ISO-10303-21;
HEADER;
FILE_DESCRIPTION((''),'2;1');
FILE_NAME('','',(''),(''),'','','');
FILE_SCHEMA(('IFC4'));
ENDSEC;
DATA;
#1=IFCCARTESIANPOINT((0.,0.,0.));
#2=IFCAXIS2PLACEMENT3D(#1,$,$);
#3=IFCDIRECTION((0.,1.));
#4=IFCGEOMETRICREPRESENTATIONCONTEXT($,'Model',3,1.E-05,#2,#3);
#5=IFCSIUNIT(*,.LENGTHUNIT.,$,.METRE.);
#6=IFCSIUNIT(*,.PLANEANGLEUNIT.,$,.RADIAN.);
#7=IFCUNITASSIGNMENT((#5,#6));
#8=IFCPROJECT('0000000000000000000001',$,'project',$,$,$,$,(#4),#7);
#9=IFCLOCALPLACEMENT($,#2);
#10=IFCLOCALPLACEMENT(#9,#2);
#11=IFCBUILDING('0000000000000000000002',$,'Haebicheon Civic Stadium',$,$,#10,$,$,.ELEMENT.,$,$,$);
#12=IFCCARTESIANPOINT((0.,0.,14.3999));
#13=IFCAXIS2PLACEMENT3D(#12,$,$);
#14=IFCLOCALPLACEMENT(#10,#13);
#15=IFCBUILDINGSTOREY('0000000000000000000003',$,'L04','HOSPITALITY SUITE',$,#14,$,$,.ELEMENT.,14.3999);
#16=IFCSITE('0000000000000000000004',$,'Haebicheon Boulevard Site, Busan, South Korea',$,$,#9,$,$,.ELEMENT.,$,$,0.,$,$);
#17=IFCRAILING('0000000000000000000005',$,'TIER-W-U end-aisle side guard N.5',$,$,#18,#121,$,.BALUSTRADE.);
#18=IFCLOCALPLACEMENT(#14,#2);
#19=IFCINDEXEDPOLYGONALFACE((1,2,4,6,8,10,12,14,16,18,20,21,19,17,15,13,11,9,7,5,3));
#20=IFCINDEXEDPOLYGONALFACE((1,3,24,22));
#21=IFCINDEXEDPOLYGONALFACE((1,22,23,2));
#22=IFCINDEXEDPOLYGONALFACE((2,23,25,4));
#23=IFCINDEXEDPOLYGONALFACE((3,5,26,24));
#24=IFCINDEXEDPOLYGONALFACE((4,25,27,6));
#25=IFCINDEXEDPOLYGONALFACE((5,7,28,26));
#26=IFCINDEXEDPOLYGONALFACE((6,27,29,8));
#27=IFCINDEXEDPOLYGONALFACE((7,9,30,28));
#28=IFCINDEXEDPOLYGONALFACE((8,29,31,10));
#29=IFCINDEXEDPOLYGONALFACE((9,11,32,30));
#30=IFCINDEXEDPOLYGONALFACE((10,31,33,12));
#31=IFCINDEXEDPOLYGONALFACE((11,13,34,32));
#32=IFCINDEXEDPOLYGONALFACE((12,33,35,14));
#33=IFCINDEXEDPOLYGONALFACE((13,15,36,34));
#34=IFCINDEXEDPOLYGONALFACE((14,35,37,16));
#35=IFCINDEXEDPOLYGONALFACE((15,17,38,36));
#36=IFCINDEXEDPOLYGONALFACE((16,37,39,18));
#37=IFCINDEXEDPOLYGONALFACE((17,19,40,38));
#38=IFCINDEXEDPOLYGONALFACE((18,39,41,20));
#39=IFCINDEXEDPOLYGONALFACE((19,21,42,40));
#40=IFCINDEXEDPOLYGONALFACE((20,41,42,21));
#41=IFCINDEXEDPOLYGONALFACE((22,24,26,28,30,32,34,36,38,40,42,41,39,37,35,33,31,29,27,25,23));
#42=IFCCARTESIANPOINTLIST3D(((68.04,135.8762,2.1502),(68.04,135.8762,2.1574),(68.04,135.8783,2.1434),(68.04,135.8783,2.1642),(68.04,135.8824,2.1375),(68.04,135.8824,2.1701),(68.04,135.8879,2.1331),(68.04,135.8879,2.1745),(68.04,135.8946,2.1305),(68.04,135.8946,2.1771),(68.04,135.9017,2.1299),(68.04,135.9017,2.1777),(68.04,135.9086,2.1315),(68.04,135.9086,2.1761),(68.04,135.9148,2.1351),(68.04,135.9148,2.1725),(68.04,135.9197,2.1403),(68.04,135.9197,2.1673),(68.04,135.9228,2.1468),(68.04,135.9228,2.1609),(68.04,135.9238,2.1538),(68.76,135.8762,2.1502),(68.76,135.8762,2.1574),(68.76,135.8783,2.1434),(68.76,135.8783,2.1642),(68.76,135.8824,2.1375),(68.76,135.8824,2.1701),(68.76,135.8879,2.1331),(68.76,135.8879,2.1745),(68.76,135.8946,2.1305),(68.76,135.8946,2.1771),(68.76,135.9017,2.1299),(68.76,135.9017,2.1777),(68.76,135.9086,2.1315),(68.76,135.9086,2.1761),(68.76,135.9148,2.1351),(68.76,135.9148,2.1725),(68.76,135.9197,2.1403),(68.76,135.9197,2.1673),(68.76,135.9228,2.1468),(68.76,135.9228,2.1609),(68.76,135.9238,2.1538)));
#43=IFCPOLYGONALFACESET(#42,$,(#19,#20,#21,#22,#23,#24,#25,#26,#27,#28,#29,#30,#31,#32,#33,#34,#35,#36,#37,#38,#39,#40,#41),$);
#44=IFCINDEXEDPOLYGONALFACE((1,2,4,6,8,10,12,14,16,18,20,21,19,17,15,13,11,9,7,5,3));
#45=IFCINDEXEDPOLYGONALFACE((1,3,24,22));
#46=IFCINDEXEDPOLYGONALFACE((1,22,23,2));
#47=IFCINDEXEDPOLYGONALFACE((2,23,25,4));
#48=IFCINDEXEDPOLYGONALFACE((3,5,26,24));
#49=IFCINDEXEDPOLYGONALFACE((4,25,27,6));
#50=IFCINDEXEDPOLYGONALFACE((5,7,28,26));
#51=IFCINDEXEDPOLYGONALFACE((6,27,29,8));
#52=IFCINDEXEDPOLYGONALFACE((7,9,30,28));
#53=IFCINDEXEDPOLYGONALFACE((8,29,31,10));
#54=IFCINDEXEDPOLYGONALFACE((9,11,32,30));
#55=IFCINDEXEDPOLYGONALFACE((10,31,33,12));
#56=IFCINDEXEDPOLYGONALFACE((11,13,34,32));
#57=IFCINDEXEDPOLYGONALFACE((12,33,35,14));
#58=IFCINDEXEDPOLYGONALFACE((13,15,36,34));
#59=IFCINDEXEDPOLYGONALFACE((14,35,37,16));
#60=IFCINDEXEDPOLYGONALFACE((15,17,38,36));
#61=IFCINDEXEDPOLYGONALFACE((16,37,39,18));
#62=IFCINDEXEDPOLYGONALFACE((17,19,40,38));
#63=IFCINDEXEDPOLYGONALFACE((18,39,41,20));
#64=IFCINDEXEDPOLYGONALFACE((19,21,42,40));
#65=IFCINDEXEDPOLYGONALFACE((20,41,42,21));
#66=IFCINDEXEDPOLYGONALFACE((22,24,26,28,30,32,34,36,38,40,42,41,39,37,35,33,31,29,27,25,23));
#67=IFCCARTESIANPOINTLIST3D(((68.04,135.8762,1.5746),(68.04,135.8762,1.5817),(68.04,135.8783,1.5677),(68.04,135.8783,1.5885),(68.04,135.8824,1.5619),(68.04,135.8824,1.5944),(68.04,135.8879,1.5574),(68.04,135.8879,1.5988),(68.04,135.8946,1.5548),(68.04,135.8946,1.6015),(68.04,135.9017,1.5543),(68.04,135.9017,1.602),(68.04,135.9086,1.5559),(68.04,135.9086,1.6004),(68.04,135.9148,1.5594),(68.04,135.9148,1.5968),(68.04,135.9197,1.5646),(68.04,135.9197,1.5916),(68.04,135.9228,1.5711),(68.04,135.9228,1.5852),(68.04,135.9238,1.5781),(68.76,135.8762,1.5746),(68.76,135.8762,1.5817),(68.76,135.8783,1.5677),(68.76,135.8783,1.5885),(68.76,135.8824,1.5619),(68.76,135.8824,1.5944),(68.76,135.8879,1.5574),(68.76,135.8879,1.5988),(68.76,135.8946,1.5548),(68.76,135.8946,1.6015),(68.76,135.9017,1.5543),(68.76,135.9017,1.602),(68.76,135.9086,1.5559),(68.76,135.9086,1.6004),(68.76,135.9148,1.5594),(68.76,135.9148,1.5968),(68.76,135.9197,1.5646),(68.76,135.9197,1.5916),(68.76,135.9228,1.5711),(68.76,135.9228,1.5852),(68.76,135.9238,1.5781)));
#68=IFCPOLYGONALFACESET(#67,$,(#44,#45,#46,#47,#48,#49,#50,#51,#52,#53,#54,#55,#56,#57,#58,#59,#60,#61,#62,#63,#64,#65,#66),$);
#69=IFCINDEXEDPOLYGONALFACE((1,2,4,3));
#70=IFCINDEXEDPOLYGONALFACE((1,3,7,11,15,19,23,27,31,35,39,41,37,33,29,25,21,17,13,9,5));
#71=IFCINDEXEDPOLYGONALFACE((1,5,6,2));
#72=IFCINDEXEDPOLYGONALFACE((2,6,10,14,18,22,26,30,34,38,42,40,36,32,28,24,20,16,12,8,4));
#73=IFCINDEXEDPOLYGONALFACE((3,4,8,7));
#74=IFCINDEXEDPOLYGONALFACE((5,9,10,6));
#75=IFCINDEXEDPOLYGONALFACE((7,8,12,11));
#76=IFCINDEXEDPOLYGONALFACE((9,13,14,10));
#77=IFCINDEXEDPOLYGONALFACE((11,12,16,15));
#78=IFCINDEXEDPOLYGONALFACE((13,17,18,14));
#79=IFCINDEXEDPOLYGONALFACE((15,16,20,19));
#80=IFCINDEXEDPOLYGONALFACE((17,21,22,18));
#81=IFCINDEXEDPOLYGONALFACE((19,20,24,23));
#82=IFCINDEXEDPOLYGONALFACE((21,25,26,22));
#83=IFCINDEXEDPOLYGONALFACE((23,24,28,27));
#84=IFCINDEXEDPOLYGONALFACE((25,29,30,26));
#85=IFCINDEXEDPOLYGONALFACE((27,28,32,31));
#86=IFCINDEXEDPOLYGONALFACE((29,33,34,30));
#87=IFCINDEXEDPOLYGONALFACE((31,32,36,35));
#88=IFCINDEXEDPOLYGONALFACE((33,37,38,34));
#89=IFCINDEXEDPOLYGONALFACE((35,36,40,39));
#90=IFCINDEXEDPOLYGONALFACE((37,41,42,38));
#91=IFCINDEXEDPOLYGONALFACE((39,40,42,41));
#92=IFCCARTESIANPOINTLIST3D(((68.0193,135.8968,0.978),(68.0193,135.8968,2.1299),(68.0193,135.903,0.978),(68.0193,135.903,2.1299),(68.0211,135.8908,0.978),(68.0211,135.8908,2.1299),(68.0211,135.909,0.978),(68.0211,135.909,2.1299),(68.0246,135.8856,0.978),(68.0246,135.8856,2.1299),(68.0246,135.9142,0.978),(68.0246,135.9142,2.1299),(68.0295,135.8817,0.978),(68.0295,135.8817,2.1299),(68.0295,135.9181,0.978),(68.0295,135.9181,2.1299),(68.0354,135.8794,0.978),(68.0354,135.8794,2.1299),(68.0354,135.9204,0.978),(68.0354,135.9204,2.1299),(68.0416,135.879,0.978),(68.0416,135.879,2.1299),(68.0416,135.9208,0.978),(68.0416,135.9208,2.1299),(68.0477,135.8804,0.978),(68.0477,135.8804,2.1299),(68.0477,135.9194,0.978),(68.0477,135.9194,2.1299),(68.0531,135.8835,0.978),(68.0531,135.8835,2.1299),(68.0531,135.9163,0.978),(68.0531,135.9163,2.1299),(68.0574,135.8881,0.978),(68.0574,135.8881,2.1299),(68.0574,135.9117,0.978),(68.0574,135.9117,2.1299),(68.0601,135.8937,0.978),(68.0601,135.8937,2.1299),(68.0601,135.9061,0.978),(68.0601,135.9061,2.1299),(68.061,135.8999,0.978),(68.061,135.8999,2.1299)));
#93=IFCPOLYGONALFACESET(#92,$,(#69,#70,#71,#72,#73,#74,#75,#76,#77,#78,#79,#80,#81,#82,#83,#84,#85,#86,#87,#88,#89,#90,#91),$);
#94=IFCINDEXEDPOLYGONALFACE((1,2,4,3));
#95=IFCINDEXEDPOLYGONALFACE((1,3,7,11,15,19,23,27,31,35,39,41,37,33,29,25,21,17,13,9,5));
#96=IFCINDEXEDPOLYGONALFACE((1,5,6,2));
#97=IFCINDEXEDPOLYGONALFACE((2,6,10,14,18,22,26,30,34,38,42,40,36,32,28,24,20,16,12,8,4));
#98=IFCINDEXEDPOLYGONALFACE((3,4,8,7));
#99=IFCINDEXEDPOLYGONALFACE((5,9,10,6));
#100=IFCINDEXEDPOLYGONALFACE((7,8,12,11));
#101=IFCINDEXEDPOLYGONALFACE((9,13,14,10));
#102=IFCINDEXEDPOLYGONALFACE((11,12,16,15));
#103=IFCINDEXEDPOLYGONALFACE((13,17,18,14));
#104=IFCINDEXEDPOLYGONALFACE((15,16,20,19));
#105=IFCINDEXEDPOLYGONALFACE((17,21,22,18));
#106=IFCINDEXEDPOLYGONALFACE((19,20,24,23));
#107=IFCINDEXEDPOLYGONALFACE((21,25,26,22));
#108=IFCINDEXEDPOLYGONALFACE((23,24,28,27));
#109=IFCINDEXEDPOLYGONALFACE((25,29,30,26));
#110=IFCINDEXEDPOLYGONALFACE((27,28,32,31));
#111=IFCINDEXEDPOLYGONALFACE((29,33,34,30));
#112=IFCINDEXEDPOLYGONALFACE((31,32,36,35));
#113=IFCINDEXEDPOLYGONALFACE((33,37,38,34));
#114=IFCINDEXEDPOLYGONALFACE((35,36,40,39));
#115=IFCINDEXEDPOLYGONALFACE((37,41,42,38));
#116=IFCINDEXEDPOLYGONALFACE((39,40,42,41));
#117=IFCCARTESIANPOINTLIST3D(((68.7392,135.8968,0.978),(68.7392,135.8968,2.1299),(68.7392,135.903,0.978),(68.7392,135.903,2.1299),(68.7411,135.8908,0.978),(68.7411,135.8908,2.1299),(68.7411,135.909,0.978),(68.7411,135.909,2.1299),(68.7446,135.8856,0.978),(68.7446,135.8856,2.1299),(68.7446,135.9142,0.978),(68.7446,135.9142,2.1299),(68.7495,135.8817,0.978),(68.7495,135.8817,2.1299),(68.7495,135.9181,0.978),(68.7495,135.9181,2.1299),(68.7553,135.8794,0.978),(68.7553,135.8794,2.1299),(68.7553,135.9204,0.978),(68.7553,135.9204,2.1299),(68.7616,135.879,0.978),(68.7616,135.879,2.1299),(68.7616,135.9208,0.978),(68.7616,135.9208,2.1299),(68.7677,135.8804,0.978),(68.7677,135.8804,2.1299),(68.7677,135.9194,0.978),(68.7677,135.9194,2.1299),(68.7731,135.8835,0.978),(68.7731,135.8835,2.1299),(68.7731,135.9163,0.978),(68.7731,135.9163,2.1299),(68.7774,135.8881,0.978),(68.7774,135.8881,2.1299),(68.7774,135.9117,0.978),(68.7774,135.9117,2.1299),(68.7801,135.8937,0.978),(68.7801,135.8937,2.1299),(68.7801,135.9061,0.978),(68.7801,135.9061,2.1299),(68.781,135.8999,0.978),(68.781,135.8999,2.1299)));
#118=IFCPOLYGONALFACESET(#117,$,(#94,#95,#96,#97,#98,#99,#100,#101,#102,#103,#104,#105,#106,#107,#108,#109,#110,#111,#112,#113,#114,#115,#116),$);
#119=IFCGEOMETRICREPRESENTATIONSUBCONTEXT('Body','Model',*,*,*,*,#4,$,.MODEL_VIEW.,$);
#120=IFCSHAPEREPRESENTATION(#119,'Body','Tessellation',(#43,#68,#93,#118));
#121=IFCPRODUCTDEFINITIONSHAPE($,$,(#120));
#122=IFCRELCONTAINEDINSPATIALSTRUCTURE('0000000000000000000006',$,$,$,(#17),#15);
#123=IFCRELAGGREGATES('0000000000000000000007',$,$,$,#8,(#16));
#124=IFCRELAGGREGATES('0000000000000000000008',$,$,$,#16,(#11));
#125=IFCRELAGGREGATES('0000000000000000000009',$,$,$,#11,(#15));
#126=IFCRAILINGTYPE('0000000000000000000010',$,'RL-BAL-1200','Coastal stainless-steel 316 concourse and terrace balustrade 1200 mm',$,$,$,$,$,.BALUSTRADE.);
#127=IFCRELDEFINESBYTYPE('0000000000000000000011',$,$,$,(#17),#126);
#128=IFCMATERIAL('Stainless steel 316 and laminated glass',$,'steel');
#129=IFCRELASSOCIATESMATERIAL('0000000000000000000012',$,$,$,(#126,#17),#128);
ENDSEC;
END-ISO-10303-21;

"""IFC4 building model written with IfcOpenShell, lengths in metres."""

from ifc_helpers import new_model, si_unit, direction, frame, origin, origin_2d, place, context, subcontext, project, spatial, circle, extrude, material, type_object, element, save


model = new_model("IFC4")

# Units and contexts
model_context = context("Model", 3, precision=1e-05, world=origin(), true_north=direction((0.0, 1.0)))
body_context = subcontext(model_context, "Body", "Model", "MODEL_VIEW")
ifc_project = project(units=[si_unit("LENGTHUNIT", "METRE"), si_unit("PLANEANGLEUNIT", "RADIAN")], contexts=[model_context])

# Site, building, storey
site_placement = place(None, origin())
site = spatial("IfcSite", under=ifc_project, at=site_placement, Name="Haebicheon Boulevard Site, Busan, South Korea", CompositionType="ELEMENT", RefElevation=0.0)
building_placement = place(site_placement, origin())
building = spatial("IfcBuilding", under=site, at=building_placement, Name="Haebicheon Civic Stadium", CompositionType="ELEMENT")
storey_placement = place(building_placement, frame((0.0, 0.0, 14.3999)))
storey = spatial("IfcBuildingStorey", under=building, at=storey_placement, Name="L04", Description="HOSPITALITY SUITE", CompositionType="ELEMENT", Elevation=14.3999)

# Railing
ifc_material_1 = material(Name="Stainless steel 316 and laminated glass", Category="steel")
railing_type = type_object("IfcRailingType", Name="RL-BAL-1200", Description="Coastal stainless-steel 316 concourse and terrace balustrade 1200 mm", PredefinedType="BALUSTRADE", material=ifc_material_1)
for number, where, name in (
    (1, (68.04, 135.8999, 0.978), "TIER-W-U end-aisle side guard N.5"),
):
    element("IfcRailing", number, at=place(storey_placement, frame(where)), inside=storey, type_object=railing_type, material=ifc_material_1, Name=name, PredefinedType="BALUSTRADE", context=body_context, shape_type="SweptSolid", body=[
        extrude(circle(Radius=0.0239, at=origin_2d()), frame((0.0, 0.0, 1.1758), z_axis=(1.0, 0.0, 0.0), x_axis=(0.0, 1.0, 0.0)), (0.0, 0.0, 1.0), 0.72),
        extrude(circle(Radius=0.0239, at=origin_2d()), frame((0.0, 0.0, 0.6001), z_axis=(1.0, 0.0, 0.0), x_axis=(0.0, 1.0, 0.0)), (0.0, 0.0, 1.0), 0.72),
        extrude(circle(Radius=0.021, at=origin_2d()), origin(), (0.0, 0.0, 1.0), 1.1519),
        extrude(circle(Radius=0.021, at=origin_2d()), frame((0.72, 0.0, 0.0)), (0.0, 0.0, 1.0), 1.1519),
    ])

save(model, "model.ifc")
